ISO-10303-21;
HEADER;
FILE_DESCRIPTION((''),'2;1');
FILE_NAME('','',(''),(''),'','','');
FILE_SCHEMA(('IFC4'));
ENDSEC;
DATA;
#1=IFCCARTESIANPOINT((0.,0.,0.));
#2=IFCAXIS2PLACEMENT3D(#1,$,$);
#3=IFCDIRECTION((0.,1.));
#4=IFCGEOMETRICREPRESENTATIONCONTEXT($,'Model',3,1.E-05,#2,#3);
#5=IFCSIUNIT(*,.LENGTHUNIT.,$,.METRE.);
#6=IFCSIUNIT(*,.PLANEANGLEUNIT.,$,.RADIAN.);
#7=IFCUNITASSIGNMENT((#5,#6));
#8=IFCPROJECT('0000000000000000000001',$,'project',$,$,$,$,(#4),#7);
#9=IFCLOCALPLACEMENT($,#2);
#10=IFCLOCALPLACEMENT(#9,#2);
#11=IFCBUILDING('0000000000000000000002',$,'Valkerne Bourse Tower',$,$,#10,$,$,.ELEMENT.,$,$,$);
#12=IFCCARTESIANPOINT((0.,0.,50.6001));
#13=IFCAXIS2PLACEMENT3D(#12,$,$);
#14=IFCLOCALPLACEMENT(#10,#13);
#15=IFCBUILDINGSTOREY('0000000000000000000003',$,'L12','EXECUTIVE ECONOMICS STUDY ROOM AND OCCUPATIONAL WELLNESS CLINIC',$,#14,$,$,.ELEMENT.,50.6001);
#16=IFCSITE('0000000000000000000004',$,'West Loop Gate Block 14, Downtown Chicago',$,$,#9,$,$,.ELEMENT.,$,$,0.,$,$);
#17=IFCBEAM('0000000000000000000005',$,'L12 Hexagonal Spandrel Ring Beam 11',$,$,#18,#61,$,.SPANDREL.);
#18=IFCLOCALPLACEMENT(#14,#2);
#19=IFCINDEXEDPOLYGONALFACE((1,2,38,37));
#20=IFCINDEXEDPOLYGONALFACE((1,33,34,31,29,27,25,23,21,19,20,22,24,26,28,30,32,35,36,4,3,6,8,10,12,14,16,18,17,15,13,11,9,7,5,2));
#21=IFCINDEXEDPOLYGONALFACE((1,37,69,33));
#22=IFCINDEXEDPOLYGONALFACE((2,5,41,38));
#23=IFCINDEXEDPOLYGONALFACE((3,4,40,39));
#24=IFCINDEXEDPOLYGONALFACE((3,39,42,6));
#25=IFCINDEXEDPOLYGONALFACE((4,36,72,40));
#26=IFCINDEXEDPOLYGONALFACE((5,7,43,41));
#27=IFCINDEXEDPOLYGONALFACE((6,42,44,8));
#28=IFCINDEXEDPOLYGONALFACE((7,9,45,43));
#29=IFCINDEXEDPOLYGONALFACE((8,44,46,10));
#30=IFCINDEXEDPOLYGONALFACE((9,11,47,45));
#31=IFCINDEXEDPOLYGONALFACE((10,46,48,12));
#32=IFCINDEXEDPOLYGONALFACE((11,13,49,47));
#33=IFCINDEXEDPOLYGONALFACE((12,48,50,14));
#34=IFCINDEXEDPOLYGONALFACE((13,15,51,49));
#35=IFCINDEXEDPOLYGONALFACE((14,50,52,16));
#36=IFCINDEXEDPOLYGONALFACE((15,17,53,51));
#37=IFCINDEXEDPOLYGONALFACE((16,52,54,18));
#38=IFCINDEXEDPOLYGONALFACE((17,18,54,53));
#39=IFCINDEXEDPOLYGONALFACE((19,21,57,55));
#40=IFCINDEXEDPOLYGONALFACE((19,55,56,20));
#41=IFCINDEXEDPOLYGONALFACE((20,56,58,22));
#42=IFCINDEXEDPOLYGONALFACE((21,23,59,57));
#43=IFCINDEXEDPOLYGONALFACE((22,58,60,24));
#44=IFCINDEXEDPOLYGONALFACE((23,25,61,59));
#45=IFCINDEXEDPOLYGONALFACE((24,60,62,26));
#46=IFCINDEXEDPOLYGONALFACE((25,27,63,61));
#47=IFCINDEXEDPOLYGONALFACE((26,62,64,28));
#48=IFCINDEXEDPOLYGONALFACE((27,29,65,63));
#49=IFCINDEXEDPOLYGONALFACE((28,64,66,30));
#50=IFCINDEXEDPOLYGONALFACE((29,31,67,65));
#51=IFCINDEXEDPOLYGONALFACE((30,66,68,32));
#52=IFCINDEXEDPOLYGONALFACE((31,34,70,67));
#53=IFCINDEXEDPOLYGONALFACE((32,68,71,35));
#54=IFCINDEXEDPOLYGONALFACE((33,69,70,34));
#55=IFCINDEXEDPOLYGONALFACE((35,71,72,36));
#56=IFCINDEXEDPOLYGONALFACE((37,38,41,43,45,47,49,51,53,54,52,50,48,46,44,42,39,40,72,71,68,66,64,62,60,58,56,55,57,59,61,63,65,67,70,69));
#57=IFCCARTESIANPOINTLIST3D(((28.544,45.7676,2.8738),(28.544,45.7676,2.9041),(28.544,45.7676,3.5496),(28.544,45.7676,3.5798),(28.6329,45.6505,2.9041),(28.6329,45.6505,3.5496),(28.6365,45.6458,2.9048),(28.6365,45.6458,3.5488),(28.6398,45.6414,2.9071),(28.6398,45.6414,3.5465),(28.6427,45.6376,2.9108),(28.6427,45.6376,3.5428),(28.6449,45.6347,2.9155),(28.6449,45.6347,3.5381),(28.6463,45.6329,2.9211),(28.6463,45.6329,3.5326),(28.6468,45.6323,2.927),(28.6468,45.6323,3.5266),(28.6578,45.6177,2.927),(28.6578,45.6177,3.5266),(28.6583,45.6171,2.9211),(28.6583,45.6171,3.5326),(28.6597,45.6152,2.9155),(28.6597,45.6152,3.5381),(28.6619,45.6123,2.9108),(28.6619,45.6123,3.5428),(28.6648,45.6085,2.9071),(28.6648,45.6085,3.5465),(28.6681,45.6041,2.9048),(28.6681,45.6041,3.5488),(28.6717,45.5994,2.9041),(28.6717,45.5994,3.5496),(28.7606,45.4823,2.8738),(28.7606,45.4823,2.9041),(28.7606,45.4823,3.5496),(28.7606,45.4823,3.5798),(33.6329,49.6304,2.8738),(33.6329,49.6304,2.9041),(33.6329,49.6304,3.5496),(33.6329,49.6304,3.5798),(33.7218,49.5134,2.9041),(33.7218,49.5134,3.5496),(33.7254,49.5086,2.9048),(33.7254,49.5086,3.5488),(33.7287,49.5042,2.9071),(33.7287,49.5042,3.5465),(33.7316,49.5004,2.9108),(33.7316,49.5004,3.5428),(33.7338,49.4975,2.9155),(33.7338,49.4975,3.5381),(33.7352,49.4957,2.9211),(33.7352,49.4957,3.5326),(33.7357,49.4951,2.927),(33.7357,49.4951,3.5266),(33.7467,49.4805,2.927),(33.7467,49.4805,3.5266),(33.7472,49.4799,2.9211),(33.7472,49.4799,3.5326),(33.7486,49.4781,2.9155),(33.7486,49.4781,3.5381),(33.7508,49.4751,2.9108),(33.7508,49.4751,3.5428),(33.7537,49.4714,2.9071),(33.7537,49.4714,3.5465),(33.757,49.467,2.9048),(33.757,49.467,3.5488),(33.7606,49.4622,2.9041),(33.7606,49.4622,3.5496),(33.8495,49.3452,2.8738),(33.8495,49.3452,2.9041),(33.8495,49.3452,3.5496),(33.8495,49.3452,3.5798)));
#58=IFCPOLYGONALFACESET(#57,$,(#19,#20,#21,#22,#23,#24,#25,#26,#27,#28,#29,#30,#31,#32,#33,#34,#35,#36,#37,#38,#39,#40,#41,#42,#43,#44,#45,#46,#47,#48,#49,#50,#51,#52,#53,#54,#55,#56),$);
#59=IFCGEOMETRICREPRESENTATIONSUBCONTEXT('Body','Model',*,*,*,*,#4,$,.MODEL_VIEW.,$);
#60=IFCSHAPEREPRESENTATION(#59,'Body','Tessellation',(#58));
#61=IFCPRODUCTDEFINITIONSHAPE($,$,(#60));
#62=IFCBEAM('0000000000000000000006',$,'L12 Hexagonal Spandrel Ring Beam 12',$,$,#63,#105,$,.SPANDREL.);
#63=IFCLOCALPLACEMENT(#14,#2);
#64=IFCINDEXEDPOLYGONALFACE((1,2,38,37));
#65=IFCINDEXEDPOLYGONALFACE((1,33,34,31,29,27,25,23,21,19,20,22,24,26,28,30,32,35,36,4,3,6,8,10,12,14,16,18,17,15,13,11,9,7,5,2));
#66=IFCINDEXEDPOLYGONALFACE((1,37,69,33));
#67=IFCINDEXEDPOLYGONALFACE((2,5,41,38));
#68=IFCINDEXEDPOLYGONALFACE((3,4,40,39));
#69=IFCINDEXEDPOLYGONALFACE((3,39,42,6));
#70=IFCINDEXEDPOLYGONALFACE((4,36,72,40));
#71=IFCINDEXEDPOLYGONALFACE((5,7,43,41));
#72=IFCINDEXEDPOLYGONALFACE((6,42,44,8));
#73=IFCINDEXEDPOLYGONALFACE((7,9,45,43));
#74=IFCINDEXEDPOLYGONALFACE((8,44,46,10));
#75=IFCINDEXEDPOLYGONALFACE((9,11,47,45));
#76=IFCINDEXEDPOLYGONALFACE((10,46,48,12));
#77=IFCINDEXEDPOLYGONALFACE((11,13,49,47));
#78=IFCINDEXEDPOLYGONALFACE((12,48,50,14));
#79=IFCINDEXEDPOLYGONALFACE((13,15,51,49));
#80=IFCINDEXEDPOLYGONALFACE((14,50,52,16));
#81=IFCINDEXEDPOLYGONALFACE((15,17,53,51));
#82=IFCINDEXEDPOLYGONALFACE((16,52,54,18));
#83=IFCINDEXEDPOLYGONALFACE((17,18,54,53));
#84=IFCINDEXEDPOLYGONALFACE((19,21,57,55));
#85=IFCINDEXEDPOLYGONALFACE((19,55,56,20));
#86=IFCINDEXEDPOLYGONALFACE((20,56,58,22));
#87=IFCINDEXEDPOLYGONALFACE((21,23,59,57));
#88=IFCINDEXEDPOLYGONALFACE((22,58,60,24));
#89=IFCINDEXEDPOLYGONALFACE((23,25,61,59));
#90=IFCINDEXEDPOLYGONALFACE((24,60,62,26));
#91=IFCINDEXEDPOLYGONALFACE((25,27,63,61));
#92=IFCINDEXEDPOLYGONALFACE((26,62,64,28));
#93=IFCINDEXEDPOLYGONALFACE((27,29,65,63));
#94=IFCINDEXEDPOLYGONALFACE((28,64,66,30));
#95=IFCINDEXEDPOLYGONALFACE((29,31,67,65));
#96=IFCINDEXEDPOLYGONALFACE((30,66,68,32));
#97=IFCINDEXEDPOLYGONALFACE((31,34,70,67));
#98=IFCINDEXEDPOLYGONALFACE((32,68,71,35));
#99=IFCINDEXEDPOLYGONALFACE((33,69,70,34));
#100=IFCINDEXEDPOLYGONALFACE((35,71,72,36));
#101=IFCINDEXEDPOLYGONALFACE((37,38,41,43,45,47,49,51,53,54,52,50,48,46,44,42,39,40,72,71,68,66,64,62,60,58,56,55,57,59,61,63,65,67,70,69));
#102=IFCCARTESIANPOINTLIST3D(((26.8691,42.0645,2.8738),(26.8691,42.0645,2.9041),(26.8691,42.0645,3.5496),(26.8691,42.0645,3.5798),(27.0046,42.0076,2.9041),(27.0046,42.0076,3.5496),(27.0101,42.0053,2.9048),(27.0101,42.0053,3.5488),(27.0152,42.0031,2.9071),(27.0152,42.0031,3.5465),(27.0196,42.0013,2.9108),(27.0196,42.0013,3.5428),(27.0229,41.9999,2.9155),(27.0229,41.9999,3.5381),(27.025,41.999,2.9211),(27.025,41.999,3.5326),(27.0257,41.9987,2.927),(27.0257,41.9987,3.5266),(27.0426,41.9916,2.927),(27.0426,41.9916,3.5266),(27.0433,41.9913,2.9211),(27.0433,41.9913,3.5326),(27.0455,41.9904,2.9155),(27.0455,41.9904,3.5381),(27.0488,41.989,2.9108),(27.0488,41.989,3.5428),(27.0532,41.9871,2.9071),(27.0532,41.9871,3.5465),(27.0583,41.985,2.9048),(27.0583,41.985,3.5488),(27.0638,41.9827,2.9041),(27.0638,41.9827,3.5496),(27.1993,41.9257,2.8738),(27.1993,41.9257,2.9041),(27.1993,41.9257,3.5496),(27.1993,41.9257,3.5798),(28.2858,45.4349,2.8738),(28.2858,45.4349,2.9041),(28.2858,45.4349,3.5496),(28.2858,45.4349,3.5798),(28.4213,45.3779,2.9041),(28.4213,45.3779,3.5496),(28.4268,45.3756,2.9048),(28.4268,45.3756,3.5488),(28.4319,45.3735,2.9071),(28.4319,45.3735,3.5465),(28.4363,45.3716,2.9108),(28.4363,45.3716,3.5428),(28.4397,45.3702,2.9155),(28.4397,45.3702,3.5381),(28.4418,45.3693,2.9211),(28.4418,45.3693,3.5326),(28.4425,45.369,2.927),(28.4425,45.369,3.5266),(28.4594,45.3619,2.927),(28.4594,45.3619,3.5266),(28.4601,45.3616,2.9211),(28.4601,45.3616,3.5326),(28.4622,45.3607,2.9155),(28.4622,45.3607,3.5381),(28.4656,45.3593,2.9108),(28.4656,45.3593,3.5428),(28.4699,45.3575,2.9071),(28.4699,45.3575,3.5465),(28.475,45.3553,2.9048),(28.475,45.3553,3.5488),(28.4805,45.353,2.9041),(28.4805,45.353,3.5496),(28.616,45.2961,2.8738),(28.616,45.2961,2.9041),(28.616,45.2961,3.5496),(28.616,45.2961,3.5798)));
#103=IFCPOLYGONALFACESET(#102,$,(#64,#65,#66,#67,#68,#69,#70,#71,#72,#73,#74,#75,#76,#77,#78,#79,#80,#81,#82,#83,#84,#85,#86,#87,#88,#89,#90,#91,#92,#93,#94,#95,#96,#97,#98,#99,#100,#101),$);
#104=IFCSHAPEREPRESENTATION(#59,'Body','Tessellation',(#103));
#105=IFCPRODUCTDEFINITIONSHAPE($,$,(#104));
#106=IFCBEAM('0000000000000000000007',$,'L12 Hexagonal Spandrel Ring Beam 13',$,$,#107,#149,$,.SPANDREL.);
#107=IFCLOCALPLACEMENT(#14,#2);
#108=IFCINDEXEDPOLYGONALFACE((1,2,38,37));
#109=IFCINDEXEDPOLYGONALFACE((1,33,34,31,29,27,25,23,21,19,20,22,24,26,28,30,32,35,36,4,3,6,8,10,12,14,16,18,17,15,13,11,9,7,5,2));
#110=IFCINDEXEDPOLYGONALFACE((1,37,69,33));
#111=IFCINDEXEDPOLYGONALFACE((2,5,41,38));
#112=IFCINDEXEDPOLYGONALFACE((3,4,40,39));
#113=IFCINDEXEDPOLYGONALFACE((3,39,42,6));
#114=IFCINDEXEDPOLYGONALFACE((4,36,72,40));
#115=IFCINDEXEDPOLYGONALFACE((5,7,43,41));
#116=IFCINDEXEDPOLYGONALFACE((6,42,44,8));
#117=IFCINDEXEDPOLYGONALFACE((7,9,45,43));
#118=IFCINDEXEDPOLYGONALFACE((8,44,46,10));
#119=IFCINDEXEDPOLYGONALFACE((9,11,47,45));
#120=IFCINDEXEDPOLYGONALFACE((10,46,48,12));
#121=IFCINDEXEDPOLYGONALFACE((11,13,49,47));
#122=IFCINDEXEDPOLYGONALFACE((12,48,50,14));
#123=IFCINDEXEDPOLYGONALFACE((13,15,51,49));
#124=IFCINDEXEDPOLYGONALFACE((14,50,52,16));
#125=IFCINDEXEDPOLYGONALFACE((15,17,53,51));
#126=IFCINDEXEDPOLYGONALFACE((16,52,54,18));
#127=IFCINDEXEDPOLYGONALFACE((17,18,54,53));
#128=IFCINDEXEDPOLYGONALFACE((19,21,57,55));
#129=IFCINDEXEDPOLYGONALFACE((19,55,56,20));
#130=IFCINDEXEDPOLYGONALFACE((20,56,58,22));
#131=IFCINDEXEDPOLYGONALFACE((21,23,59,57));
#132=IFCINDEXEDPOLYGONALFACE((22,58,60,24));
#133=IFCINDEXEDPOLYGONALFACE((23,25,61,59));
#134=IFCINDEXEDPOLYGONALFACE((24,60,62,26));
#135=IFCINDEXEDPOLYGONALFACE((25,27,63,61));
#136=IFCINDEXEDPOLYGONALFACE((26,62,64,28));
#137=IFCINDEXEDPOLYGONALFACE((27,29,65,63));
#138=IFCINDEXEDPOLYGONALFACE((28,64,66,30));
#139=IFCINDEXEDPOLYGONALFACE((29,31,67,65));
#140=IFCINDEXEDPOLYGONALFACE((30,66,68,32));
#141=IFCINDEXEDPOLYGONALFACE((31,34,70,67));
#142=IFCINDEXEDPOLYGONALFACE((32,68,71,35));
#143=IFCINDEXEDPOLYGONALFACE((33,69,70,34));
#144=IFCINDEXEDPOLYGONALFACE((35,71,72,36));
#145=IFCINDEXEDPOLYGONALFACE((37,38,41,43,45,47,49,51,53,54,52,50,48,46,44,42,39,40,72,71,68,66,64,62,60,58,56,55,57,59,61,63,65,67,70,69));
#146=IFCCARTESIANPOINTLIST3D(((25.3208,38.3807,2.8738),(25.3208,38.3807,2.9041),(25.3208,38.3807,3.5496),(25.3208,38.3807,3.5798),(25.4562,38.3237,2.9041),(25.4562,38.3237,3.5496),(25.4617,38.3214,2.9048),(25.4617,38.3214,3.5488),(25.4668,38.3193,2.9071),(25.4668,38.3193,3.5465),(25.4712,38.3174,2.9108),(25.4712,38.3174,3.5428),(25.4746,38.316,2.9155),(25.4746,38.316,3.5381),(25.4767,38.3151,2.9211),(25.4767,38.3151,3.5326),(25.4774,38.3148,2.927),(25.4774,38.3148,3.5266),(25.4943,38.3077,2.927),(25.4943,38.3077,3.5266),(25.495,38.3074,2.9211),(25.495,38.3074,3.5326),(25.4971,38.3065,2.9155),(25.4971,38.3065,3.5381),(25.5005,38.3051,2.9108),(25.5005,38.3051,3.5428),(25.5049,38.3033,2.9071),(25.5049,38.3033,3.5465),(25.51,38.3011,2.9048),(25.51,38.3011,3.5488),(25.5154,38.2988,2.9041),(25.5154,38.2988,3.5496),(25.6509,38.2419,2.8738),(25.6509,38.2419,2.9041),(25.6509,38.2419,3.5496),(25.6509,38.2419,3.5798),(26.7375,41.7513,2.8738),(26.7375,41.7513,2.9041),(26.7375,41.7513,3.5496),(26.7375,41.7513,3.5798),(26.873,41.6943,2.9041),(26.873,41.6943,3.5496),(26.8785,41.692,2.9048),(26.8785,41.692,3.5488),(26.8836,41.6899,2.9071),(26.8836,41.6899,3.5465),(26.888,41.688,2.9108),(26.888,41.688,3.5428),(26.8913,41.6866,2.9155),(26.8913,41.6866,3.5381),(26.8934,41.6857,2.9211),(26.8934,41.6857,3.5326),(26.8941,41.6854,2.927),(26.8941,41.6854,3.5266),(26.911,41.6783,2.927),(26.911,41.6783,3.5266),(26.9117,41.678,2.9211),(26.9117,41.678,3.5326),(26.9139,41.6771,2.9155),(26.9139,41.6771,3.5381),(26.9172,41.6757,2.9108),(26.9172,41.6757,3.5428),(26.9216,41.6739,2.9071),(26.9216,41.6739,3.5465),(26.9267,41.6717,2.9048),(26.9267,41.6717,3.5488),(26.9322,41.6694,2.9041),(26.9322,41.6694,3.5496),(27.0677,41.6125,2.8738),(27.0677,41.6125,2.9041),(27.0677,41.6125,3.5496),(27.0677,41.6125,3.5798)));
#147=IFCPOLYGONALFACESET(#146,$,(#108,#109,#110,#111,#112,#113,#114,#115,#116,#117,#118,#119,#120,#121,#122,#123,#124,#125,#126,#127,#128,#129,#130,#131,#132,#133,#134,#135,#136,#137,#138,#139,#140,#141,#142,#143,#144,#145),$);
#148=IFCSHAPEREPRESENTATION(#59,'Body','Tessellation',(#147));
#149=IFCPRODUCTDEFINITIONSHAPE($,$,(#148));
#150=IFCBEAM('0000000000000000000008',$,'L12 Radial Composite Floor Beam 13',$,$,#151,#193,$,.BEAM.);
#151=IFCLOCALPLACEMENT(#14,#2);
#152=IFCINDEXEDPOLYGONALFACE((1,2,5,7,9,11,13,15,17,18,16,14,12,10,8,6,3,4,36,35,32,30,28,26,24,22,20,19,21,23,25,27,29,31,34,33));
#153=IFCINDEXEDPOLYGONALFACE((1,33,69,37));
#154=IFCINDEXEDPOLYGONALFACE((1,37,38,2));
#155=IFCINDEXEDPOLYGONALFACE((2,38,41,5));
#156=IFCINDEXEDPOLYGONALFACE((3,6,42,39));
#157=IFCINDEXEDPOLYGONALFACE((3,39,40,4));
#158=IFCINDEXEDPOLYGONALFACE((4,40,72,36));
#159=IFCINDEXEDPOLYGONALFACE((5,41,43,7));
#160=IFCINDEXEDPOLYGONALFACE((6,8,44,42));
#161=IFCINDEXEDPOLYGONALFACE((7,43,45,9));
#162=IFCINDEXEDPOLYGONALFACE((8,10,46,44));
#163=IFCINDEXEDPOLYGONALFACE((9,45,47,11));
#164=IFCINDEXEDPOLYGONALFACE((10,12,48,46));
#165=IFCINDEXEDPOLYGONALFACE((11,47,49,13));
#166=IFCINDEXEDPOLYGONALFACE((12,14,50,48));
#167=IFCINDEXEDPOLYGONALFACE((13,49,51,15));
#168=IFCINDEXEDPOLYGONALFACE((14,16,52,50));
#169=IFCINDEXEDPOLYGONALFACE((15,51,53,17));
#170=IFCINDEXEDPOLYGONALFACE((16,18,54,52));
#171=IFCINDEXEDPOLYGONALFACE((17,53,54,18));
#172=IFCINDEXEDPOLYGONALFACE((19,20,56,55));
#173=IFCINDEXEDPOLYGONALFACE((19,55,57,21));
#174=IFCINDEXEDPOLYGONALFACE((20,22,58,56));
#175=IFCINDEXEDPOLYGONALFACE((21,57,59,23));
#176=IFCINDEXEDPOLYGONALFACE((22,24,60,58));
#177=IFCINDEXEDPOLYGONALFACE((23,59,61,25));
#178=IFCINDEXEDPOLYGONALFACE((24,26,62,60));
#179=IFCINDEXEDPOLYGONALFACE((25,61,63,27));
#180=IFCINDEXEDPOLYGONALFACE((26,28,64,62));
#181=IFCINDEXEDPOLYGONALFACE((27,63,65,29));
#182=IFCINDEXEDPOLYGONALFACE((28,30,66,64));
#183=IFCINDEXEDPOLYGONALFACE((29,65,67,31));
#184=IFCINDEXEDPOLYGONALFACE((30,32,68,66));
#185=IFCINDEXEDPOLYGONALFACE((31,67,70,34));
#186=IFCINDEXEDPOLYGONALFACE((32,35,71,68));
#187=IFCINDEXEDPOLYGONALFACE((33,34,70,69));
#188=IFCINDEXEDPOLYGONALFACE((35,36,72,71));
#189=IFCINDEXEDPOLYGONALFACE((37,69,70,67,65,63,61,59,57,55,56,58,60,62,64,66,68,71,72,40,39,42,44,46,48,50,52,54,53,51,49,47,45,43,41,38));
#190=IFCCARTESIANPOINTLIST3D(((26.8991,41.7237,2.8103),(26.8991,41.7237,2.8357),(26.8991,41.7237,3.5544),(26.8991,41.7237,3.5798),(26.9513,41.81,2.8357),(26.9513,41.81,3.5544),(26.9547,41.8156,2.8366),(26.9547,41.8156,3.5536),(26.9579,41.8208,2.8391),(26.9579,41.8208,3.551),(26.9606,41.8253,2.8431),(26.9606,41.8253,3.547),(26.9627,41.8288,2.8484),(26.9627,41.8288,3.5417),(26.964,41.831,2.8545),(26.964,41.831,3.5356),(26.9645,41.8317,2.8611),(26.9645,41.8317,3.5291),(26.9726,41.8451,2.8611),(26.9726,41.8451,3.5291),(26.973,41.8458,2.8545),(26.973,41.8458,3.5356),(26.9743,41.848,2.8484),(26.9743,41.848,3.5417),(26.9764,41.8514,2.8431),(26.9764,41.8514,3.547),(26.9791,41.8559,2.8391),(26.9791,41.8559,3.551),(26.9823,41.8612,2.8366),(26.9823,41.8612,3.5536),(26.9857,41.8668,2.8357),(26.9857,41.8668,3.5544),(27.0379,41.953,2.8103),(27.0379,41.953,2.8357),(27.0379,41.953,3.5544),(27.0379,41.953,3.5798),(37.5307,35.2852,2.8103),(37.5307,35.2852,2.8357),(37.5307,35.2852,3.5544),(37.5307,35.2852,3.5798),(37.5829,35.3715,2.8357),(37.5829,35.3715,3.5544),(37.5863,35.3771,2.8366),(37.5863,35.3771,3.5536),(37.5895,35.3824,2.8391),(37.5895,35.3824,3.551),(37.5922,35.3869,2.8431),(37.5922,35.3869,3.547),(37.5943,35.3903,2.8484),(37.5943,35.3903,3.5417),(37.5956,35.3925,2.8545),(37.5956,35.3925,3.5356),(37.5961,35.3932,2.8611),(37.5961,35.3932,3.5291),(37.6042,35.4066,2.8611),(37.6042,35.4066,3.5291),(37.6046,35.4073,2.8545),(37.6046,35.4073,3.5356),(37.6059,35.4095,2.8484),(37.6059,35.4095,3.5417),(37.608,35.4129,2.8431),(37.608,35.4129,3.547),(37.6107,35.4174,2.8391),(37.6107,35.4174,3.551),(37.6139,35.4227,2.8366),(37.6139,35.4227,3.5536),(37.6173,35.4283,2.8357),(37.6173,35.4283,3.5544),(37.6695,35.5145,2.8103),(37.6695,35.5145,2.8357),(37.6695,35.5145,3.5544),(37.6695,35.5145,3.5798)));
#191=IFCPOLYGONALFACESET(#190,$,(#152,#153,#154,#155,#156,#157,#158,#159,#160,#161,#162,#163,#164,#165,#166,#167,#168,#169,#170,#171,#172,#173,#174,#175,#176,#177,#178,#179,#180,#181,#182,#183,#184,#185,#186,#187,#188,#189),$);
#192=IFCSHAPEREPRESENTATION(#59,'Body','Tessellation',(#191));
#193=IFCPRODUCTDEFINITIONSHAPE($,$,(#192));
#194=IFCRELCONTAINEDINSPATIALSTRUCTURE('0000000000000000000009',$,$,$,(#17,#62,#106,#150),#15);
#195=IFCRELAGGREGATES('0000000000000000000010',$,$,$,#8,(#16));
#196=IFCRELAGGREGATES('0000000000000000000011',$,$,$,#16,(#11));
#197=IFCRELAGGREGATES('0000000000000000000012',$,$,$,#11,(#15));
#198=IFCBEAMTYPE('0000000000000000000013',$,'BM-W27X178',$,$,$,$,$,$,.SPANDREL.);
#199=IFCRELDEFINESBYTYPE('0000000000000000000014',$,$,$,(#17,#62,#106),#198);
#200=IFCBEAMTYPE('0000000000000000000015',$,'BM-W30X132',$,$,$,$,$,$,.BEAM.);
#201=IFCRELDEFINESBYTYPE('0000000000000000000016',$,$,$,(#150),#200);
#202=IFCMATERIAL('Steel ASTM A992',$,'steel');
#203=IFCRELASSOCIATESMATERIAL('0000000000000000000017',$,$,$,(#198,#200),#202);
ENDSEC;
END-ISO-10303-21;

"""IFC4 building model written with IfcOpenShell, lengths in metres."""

from ifc_helpers import new_model, si_unit, direction, frame, origin, origin_2d, place, context, subcontext, project, spatial, i_section, extrude, material, material_profile, profile_set, type_object, element, save


model = new_model("IFC4")

# Units and contexts
model_context = context("Model", 3, precision=1e-05, world=origin(), true_north=direction((0.0, 1.0)))
body_context = subcontext(model_context, "Body", "Model", "MODEL_VIEW")
ifc_project = project(units=[si_unit("LENGTHUNIT", "METRE"), si_unit("PLANEANGLEUNIT", "RADIAN")], contexts=[model_context])

# Site, building, storey
site_placement = place(None, origin())
site = spatial("IfcSite", under=ifc_project, at=site_placement, Name="West Loop Gate Block 14, Downtown Chicago", CompositionType="ELEMENT", RefElevation=0.0)
building_placement = place(site_placement, origin())
building = spatial("IfcBuilding", under=site, at=building_placement, Name="Valkerne Bourse Tower", CompositionType="ELEMENT")
storey_placement = place(building_placement, frame((0.0, 0.0, 50.6001)))
storey = spatial("IfcBuildingStorey", under=building, at=storey_placement, Name="L12", Description="EXECUTIVE ECONOMICS STUDY ROOM AND OCCUPATIONAL WELLNESS CLINIC", CompositionType="ELEMENT", Elevation=50.6001)

# Beams
ifc_material_1 = material(Name="Steel ASTM A992", Category="steel")
ifc_material_profile_1 = material_profile(ifc_material_1, i_section(OverallWidth=0.3582, OverallDepth=0.7061, WebThickness=0.0183, FlangeThickness=0.0303, FilletRadius=0.0229, at=origin_2d()), Name="W27X178")
ifc_profile_set_1 = profile_set([ifc_material_profile_1], Name="Steel ASTM A992")
beam_type_1 = type_object("IfcBeamType", Name="BM-W27X178", PredefinedType="SPANDREL", material=ifc_profile_set_1)
beam_1_placement = place(storey_placement, frame((33.7412, 49.4878, 3.2268), z_axis=(-0.79652, -0.604612, 0.0), x_axis=(0.604612, -0.79652, 0.0)))
element("IfcBeam", 1, at=beam_1_placement, inside=storey, type_object=beam_type_1, Name="L12 Hexagonal Spandrel Ring Beam 11", PredefinedType="SPANDREL", context=body_context, shape_type="SweptSolid", body=[
    extrude(i_section(OverallWidth=0.3582, OverallDepth=0.7061, WebThickness=0.0183, FlangeThickness=0.0303, FilletRadius=0.0229, at=origin_2d()), origin(), (0.0, 0.0, 1.0), 6.3889),
])
beam_2_placement = place(storey_placement, frame((28.4509, 45.3655, 3.2268), z_axis=(-0.387511, -0.921865, 0.0), x_axis=(0.921865, -0.387511, 0.0)))
element("IfcBeam", 2, at=beam_2_placement, inside=storey, type_object=beam_type_1, Name="L12 Hexagonal Spandrel Ring Beam 12", PredefinedType="SPANDREL", context=body_context, shape_type="SweptSolid", body=[
    extrude(i_section(OverallWidth=0.3582, OverallDepth=0.7061, WebThickness=0.0183, FlangeThickness=0.0303, FilletRadius=0.0229, at=origin_2d()), origin(), (0.0, 0.0, 1.0), 3.656),
])
beam_3_placement = place(storey_placement, frame((26.9026, 41.6819, 3.2268), z_axis=(-0.387487, -0.921875, 0.0), x_axis=(0.921875, -0.387487, 0.0)))
element("IfcBeam", 3, at=beam_3_placement, inside=storey, type_object=beam_type_1, Name="L12 Hexagonal Spandrel Ring Beam 13", PredefinedType="SPANDREL", context=body_context, shape_type="SweptSolid", body=[
    extrude(i_section(OverallWidth=0.3582, OverallDepth=0.7061, WebThickness=0.0183, FlangeThickness=0.0303, FilletRadius=0.0229, at=origin_2d()), origin(), (0.0, 0.0, 1.0), 3.6562),
])
ifc_material_profile_2 = material_profile(ifc_material_1, i_section(OverallWidth=0.2681, OverallDepth=0.7695, WebThickness=0.0156, FlangeThickness=0.0254, FilletRadius=0.0254, at=origin_2d()), Name="W30X132")
ifc_profile_set_2 = profile_set([ifc_material_profile_2], Name="Steel ASTM A992")
beam_type_2 = type_object("IfcBeamType", Name="BM-W30X132", PredefinedType="BEAM", material=ifc_profile_set_2)
beam_4_placement = place(storey_placement, frame((26.9685, 41.8384, 3.1951), z_axis=(0.855373, -0.518013, 0.0), x_axis=(0.518013, 0.855373, 0.0)))
element("IfcBeam", 4, at=beam_4_placement, inside=storey, type_object=beam_type_2, Name="L12 Radial Composite Floor Beam 13", PredefinedType="BEAM", context=body_context, shape_type="SweptSolid", body=[
    extrude(i_section(OverallWidth=0.2681, OverallDepth=0.7695, WebThickness=0.0156, FlangeThickness=0.0254, FilletRadius=0.0254, at=origin_2d()), origin(), (0.0, 0.0, 1.0), 12.4292),
])

save(model, "model.ifc")
